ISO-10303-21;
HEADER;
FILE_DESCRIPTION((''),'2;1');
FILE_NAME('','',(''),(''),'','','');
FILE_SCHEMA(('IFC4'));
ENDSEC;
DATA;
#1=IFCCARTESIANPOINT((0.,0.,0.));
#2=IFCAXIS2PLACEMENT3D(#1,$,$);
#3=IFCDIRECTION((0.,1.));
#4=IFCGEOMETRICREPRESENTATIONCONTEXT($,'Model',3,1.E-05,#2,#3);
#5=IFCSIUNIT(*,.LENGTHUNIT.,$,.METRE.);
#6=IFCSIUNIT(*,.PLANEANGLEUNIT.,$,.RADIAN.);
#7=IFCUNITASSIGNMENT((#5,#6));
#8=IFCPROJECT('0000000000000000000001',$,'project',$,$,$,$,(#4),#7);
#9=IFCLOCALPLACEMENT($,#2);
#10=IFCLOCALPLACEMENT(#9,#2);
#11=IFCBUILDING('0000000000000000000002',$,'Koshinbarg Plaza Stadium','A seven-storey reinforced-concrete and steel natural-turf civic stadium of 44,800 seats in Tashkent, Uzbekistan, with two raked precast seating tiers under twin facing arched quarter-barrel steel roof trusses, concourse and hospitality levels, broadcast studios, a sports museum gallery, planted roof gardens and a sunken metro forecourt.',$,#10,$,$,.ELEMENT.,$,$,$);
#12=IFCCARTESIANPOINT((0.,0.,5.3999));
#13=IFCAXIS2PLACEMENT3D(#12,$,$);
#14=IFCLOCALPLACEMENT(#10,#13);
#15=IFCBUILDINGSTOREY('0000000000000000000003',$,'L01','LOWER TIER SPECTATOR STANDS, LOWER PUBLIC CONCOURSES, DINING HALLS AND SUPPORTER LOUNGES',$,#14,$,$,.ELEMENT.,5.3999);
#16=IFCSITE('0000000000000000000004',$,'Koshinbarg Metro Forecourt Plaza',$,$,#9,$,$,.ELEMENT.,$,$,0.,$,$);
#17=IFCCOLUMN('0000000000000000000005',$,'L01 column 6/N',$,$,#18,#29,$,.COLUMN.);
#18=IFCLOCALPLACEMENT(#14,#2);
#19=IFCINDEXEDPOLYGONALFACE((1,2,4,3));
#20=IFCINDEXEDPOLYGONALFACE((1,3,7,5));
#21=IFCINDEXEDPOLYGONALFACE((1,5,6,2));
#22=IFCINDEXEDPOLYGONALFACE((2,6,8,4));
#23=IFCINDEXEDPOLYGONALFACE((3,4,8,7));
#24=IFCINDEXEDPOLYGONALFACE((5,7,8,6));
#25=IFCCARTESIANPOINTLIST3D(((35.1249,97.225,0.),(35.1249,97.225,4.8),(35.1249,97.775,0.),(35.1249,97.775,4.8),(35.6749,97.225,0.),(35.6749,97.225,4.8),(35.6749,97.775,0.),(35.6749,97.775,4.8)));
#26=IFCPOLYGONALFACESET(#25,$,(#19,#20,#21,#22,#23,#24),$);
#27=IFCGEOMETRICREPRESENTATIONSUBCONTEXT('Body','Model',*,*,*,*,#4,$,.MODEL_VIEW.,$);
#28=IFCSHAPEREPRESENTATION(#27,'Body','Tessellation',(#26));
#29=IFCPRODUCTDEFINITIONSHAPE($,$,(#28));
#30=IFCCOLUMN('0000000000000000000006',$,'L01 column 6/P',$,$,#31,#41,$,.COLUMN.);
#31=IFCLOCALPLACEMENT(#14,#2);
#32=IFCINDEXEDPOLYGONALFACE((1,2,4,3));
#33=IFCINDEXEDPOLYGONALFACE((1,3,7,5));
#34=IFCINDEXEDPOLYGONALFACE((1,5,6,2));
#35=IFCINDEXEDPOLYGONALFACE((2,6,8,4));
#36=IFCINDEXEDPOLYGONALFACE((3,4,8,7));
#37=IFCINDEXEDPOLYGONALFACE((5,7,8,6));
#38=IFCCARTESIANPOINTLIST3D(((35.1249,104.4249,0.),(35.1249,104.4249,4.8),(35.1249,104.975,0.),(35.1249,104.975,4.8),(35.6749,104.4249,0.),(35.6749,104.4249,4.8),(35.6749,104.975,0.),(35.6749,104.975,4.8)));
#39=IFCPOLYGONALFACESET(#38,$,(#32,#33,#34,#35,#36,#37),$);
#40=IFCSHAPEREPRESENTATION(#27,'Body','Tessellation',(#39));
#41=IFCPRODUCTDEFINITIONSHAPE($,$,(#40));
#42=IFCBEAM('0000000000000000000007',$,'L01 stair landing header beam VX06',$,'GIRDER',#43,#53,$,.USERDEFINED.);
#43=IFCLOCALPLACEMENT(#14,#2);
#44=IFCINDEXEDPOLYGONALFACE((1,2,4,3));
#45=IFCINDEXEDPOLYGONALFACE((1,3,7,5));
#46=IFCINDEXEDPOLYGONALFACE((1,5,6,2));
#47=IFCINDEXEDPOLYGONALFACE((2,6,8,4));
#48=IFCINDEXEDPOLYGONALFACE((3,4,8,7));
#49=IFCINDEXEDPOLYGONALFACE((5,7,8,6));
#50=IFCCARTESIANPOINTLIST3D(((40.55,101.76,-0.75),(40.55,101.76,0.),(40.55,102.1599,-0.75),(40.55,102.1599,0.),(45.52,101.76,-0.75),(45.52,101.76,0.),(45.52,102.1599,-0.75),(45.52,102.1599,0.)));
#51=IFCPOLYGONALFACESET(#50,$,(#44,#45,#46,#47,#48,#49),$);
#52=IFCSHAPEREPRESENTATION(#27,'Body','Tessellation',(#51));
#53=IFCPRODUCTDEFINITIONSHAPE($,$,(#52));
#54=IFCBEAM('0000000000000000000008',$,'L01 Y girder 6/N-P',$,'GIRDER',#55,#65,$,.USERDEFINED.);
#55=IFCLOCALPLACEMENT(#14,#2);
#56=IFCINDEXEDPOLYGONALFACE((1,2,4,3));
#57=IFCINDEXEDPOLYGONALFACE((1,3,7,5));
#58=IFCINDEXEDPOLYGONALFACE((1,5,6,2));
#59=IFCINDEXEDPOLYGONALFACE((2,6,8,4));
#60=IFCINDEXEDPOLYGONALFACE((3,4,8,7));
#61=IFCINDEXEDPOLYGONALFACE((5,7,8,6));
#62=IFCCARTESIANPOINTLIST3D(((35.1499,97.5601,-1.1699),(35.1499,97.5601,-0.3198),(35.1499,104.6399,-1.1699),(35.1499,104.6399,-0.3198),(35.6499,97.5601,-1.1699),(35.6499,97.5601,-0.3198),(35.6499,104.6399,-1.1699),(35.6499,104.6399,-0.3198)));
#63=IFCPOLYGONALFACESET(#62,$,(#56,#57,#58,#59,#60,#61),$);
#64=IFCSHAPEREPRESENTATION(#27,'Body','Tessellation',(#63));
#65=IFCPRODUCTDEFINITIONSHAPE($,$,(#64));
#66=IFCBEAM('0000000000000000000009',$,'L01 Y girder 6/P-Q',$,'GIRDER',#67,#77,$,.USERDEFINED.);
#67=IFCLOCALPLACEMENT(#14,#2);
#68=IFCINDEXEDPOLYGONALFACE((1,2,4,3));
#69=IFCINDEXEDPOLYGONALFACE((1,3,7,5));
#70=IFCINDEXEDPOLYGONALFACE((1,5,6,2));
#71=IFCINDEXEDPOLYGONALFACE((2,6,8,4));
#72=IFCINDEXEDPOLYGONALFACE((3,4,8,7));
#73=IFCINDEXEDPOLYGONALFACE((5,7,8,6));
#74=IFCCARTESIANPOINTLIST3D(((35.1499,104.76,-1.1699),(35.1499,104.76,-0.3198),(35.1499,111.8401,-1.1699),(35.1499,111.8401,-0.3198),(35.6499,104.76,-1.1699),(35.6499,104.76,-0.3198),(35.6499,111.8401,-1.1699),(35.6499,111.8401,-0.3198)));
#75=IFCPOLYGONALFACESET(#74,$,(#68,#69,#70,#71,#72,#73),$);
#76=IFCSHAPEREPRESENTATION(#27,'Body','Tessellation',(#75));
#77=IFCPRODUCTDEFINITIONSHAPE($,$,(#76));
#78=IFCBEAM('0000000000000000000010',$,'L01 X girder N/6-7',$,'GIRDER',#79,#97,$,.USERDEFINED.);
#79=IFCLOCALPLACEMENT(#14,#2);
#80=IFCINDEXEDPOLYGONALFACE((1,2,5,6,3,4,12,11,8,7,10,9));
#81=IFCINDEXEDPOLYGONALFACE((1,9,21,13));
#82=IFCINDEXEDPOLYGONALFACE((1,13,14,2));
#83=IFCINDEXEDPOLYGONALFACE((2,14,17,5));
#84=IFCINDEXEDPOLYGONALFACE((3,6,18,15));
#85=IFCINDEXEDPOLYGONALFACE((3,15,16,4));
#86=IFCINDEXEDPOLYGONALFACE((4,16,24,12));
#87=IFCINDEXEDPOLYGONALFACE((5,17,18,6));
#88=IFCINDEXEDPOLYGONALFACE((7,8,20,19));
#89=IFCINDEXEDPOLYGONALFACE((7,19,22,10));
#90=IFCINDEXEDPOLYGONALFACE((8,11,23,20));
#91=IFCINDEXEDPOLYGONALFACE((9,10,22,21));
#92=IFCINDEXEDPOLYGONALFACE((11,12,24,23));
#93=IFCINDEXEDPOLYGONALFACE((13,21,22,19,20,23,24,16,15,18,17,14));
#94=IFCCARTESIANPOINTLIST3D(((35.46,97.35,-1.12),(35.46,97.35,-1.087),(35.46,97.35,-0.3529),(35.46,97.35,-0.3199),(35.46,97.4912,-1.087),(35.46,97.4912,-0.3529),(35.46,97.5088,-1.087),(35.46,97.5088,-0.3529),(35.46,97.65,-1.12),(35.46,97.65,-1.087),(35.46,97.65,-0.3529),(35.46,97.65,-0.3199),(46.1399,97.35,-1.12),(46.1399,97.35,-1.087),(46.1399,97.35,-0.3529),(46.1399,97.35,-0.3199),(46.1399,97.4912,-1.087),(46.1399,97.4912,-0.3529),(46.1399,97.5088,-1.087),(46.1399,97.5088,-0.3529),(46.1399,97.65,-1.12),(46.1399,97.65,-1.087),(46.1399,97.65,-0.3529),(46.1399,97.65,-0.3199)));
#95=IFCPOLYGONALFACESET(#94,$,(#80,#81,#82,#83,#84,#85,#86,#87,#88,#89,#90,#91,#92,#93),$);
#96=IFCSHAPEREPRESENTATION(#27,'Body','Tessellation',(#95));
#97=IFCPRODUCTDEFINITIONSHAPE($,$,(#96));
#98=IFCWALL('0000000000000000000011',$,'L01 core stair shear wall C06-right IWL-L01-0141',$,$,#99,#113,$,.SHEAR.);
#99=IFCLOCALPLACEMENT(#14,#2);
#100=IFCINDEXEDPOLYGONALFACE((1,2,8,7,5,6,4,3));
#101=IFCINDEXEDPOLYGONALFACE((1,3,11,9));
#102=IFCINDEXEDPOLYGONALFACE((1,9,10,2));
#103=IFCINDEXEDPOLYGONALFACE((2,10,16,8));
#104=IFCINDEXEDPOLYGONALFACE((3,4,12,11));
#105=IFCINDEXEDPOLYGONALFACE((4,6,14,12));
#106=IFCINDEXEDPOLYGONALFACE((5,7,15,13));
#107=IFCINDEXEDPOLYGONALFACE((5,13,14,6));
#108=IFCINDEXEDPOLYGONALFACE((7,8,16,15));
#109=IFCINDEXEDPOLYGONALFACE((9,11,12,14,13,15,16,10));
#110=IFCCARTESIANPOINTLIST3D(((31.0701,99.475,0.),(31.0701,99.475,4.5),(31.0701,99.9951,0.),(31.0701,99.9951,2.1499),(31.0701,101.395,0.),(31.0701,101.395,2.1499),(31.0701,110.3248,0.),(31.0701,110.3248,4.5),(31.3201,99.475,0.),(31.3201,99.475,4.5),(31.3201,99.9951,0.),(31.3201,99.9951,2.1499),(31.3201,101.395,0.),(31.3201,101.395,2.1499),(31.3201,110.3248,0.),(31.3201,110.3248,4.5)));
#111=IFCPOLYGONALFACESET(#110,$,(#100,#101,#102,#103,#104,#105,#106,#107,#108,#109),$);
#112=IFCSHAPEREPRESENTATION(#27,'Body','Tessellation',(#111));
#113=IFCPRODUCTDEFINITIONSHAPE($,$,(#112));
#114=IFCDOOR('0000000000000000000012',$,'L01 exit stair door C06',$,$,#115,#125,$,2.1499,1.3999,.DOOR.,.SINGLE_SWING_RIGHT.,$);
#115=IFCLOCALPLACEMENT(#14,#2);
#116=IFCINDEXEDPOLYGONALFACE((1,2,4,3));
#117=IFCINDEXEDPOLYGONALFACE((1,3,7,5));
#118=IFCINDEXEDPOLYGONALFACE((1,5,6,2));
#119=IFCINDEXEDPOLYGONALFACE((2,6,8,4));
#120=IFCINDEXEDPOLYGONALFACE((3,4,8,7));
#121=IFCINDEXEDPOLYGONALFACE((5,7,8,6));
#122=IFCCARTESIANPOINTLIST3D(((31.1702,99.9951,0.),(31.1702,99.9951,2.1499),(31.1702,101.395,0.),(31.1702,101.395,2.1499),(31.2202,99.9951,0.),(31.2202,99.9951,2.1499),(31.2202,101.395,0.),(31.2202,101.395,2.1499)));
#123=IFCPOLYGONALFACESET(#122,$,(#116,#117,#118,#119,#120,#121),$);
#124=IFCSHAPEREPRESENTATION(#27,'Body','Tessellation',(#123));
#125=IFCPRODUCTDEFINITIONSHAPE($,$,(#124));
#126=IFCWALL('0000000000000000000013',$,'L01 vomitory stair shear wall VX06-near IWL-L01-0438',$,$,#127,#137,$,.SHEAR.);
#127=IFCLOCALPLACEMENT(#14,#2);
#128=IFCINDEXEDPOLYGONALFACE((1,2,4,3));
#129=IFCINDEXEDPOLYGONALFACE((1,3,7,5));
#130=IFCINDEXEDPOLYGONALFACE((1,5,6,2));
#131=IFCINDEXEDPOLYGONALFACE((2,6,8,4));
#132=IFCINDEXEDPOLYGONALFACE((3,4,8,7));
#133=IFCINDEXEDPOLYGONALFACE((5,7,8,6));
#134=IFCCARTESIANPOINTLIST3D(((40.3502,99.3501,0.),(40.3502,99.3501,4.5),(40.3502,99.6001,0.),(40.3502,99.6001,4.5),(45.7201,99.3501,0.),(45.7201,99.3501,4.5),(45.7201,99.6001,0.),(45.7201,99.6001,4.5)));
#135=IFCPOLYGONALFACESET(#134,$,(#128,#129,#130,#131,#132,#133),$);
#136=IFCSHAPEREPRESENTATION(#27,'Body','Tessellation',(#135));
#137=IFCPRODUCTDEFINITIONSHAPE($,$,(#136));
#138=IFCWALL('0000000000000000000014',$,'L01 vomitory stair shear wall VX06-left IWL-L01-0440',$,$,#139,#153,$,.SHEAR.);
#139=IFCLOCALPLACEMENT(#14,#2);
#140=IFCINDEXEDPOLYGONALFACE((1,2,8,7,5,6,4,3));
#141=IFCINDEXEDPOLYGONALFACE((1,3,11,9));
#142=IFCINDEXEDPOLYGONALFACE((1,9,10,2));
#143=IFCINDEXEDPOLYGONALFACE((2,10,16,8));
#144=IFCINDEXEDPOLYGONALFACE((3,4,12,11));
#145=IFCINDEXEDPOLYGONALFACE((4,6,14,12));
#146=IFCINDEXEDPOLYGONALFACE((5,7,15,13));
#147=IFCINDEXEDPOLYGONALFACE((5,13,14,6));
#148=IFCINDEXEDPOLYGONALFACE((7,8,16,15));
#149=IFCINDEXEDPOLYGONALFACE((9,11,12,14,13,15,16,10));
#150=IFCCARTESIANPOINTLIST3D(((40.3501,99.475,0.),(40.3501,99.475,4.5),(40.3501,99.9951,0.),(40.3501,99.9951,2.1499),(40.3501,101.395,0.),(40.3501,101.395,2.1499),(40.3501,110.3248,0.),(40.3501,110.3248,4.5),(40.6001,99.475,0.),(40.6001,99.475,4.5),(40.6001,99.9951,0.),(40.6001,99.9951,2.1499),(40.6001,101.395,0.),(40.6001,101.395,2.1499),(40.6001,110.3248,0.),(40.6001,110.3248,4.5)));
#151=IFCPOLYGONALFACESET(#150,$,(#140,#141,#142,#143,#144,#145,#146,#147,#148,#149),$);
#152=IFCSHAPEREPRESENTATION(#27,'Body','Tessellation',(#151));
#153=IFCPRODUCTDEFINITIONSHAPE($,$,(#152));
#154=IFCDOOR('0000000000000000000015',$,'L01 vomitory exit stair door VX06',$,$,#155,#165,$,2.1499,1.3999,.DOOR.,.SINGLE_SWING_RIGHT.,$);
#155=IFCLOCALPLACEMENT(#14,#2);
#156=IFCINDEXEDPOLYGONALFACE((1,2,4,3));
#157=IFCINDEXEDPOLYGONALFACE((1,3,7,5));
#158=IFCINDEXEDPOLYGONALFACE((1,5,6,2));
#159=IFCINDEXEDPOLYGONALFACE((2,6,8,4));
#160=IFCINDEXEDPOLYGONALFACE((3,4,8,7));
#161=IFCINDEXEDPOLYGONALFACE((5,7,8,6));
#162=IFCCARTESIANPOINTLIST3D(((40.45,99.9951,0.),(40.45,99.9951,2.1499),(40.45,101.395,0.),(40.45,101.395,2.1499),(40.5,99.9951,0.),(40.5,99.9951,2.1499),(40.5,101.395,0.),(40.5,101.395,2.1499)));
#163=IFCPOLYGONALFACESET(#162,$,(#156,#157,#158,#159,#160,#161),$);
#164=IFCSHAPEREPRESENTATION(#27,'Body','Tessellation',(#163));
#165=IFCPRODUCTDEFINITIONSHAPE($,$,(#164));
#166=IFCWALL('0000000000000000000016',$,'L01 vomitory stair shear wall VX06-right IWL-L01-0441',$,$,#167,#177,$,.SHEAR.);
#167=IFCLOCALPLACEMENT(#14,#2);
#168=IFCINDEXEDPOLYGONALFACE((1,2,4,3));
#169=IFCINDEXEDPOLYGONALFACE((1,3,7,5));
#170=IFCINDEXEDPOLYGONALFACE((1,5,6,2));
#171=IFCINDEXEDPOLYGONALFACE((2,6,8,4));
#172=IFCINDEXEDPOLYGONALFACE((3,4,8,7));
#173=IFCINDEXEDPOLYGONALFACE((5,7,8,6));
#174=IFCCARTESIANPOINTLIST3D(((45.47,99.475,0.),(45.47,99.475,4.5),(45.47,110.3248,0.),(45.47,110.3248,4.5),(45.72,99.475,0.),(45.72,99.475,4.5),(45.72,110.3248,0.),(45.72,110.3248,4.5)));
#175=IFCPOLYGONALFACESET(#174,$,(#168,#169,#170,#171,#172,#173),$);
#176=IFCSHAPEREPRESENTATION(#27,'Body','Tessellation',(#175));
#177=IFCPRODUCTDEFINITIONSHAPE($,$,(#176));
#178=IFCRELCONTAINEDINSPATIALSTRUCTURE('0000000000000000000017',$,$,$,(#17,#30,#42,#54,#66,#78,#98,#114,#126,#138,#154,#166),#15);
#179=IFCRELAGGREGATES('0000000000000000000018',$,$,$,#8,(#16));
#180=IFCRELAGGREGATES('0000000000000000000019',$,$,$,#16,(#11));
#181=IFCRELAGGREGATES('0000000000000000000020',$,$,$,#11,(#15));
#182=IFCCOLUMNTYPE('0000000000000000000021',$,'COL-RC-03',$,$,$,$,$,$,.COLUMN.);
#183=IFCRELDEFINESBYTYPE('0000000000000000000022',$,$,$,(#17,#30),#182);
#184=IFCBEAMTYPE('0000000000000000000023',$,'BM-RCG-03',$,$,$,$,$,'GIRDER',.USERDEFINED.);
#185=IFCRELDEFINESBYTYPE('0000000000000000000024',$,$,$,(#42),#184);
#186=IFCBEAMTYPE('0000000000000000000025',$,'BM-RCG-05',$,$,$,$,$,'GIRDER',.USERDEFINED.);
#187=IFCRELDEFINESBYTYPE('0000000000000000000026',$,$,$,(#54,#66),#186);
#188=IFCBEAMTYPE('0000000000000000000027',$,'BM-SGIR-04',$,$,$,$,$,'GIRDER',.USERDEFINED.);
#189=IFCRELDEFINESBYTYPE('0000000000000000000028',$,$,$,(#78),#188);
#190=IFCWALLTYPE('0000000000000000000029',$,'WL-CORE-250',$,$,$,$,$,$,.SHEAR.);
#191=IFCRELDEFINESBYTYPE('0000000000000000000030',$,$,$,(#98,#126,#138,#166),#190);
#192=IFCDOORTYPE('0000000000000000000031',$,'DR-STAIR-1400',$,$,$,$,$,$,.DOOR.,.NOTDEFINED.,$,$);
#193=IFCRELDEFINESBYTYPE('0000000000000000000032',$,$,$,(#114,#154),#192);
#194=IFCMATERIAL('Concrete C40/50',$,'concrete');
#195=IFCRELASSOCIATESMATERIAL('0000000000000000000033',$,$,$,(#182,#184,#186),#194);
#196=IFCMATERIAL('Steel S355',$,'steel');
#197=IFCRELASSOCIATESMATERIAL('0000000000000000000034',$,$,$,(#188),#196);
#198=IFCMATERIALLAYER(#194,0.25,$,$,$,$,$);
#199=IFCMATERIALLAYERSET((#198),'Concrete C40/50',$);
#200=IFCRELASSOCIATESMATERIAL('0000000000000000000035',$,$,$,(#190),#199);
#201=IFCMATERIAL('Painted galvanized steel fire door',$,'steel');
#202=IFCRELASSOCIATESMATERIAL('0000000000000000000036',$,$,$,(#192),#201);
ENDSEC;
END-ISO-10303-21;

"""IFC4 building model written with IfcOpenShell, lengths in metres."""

from ifc_helpers import new_model, si_unit, direction, frame, frame_2d, origin, origin_2d, place, context, subcontext, project, spatial, rectangle, i_section, extrude, material, layer, layer_set, material_profile, profile_set, type_object, element, fill, save


model = new_model("IFC4")

# Units and contexts
model_context = context("Model", 3, precision=1e-05, world=origin(), true_north=direction((0.0, 1.0)))
body_context = subcontext(model_context, "Body", "Model", "MODEL_VIEW")
ifc_project = project(units=[si_unit("LENGTHUNIT", "METRE"), si_unit("PLANEANGLEUNIT", "RADIAN")], contexts=[model_context])

# Site, building, storey
site_placement = place(None, origin())
site = spatial("IfcSite", under=ifc_project, at=site_placement, Name="Koshinbarg Metro Forecourt Plaza", CompositionType="ELEMENT", RefElevation=0.0)
building_placement = place(site_placement, origin())
building = spatial("IfcBuilding", under=site, at=building_placement, Name="Koshinbarg Plaza Stadium", Description="A seven-storey reinforced-concrete and steel natural-turf civic stadium of 44,800 seats in Tashkent, Uzbekistan, with two raked precast seating tiers under twin facing arched quarter-barrel steel roof trusses, concourse and hospitality levels, broadcast studios, a sports museum gallery, planted roof gardens and a sunken metro forecourt.", CompositionType="ELEMENT")
storey_placement = place(building_placement, frame((0.0, 0.0, 5.3999)))
storey = spatial("IfcBuildingStorey", under=building, at=storey_placement, Name="L01", Description="LOWER TIER SPECTATOR STANDS, LOWER PUBLIC CONCOURSES, DINING HALLS AND SUPPORTER LOUNGES", CompositionType="ELEMENT", Elevation=5.3999)

# Columns
ifc_material_1 = material(Name="Concrete C40/50", Category="concrete")
ifc_material_profile_1 = material_profile(ifc_material_1, rectangle(XDim=0.55, YDim=0.55, at=origin_2d()), Name="RC 550x550")
ifc_profile_set_1 = profile_set([ifc_material_profile_1], Name="Concrete C40/50")
column_type = type_object("IfcColumnType", Name="COL-RC-03", PredefinedType="COLUMN", material=ifc_profile_set_1)
for number, where, z_axis, x_axis, name in (
    (1, (35.3999, 97.5, 0.0), (0.0, 0.0, 1.0), (1.0, 0.0, 0.0), "L01 column 6/N"),
    (2, (35.3999, 104.7, 0.0), (0.0, 0.0, 1.0), (1.0, 0.0, 0.0), "L01 column 6/P"),
):
    element("IfcColumn", number, at=place(storey_placement, frame(where, z_axis=z_axis, x_axis=x_axis)), inside=storey, type_object=column_type, Name=name, PredefinedType="COLUMN", context=body_context, shape_type="SweptSolid", body=[
        extrude(rectangle(XDim=0.55, YDim=0.55, at=origin_2d()), origin(), (0.0, 0.0, 1.0), 4.8),
    ])

# Beams
ifc_material_profile_2 = material_profile(ifc_material_1, rectangle(XDim=0.3999, YDim=0.75, at=origin_2d()), Name="RC 400x750")
ifc_profile_set_2 = profile_set([ifc_material_profile_2], Name="Concrete C40/50")
beam_type_1 = type_object("IfcBeamType", Name="BM-RCG-03", ElementType="GIRDER", PredefinedType="USERDEFINED", material=ifc_profile_set_2)
beam_1_placement = place(storey_placement, frame((40.55, 101.96, -0.375), z_axis=(1.0, 0.0, 0.0), x_axis=(0.0, 1.0, 0.0)))
element("IfcBeam", 3, at=beam_1_placement, inside=storey, type_object=beam_type_1, Name="L01 stair landing header beam VX06", ObjectType="GIRDER", PredefinedType="USERDEFINED", context=body_context, shape_type="SweptSolid", body=[
    extrude(rectangle(XDim=0.3999, YDim=0.75, at=origin_2d()), origin(), (0.0, 0.0, 1.0), 4.97),
])
ifc_material_profile_3 = material_profile(ifc_material_1, rectangle(XDim=0.5, YDim=0.8501, at=origin_2d()), Name="RC 500x850")
ifc_profile_set_3 = profile_set([ifc_material_profile_3], Name="Concrete C40/50")
beam_type_2 = type_object("IfcBeamType", Name="BM-RCG-05", ElementType="GIRDER", PredefinedType="USERDEFINED", material=ifc_profile_set_3)
beam_2_placement = place(storey_placement, frame((35.3999, 97.5601, -0.7449), z_axis=(0.0, 1.0, 0.0), x_axis=(-1.0, 0.0, 0.0)))
element("IfcBeam", 4, at=beam_2_placement, inside=storey, type_object=beam_type_2, Name="L01 Y girder 6/N-P", ObjectType="GIRDER", PredefinedType="USERDEFINED", context=body_context, shape_type="SweptSolid", body=[
    extrude(rectangle(XDim=0.5, YDim=0.8501, at=origin_2d()), origin(), (0.0, 0.0, 1.0), 7.0798),
])
beam_3_placement = place(storey_placement, frame((35.3999, 104.76, -0.7449), z_axis=(0.0, 1.0, 0.0), x_axis=(-1.0, 0.0, 0.0)))
element("IfcBeam", 5, at=beam_3_placement, inside=storey, type_object=beam_type_2, Name="L01 Y girder 6/P-Q", ObjectType="GIRDER", PredefinedType="USERDEFINED", context=body_context, shape_type="SweptSolid", body=[
    extrude(rectangle(XDim=0.5, YDim=0.8501, at=origin_2d()), origin(), (0.0, 0.0, 1.0), 7.0801),
])
ifc_material_2 = material(Name="Steel S355", Category="steel")
ifc_material_profile_4 = material_profile(ifc_material_2, i_section(OverallWidth=0.3, OverallDepth=0.8, WebThickness=0.0176, FlangeThickness=0.033, at=origin_2d()), Name="HEB 800")
ifc_profile_set_4 = profile_set([ifc_material_profile_4], Name="Steel S355")
beam_type_3 = type_object("IfcBeamType", Name="BM-SGIR-04", ElementType="GIRDER", PredefinedType="USERDEFINED", material=ifc_profile_set_4)
beam_4_placement = place(storey_placement, frame((35.46, 97.5, -0.72), z_axis=(1.0, 0.0, 0.0), x_axis=(0.0, 1.0, 0.0)))
element("IfcBeam", 6, at=beam_4_placement, inside=storey, type_object=beam_type_3, Name="L01 X girder N/6-7", ObjectType="GIRDER", PredefinedType="USERDEFINED", context=body_context, shape_type="SweptSolid", body=[
    extrude(i_section(OverallWidth=0.3, OverallDepth=0.8, WebThickness=0.0176, FlangeThickness=0.033, at=origin_2d()), origin(), (0.0, 0.0, 1.0), 10.6799),
])

# Wall, opening, door
ifc_layer_1 = layer(ifc_material_1, 0.25)
ifc_layer_set_1 = layer_set([ifc_layer_1], Name="Concrete C40/50")
wall_type_1 = type_object("IfcWallType", Name="WL-CORE-250", PredefinedType="SHEAR", material=ifc_layer_set_1)
wall_1_placement = place(storey_placement, frame((31.1951, 99.4751, 0.0), z_axis=(0.0, 0.0, 1.0), x_axis=(0.0, 1.0, 0.0)))
wall_1 = element("IfcWall", 7, at=wall_1_placement, inside=storey, type_object=wall_type_1, Name="L01 core stair shear wall C06-right IWL-L01-0141", PredefinedType="SHEAR", context=body_context, shape_type="SweptSolid", body=[
    extrude(rectangle(XDim=10.8499, YDim=0.25, at=frame_2d((5.4248, 0.0))), origin(), (0.0, 0.0, 1.0), 4.5),
])
opening_1_placement = place(wall_1_placement, frame((0.52, 0.0, 0.0)))
opening_1 = element("IfcOpeningElement", 8, at=opening_1_placement, cuts=wall_1, PredefinedType="OPENING", context=body_context, shape_type="SweptSolid", body=[
    extrude(rectangle(XDim=1.3999, YDim=2.1499, at=frame_2d((0.7, 1.075))), frame((0.0, 0.135, 0.0), z_axis=(0.0, -1.0, 0.0), x_axis=(1.0, 0.0, 0.0)), (0.0, 0.0, 1.0), 0.27),
])
ifc_material_3 = material(Name="Painted galvanized steel fire door", Category="steel")
door_type_1 = type_object("IfcDoorType", Name="DR-STAIR-1400", OperationType="NOTDEFINED", PredefinedType="DOOR", material=ifc_material_3)
door_1_placement = place(opening_1_placement, origin())
door_1 = element("IfcDoor", 9, at=door_1_placement, inside=storey, type_object=door_type_1, Name="L01 exit stair door C06", OperationType="SINGLE_SWING_RIGHT", OverallHeight=2.1499, OverallWidth=1.3999, PredefinedType="DOOR", context=body_context, shape_type="SweptSolid", body=[
    extrude(rectangle(XDim=1.3999, YDim=2.1499, at=frame_2d((0.7, 1.075))), frame((0.0, 0.0249, 0.0), z_axis=(0.0, -1.0, 0.0), x_axis=(1.0, 0.0, 0.0)), (0.0, 0.0, 1.0), 0.05),
])
fill(opening_1, door_1)

# Wall
wall_2_placement = place(storey_placement, frame((40.3501, 99.4751, 0.0), z_axis=(0.0, 0.0, 1.0), x_axis=(1.0, 0.0, 0.0)))
element("IfcWall", 10, at=wall_2_placement, inside=storey, type_object=wall_type_1, Name="L01 vomitory stair shear wall VX06-near IWL-L01-0438", PredefinedType="SHEAR", context=body_context, shape_type="SweptSolid", body=[
    extrude(rectangle(XDim=5.3699, YDim=0.25, at=frame_2d((2.6851, 0.0))), origin(), (0.0, 0.0, 1.0), 4.5),
])

# Wall, opening, door
wall_3_placement = place(storey_placement, frame((40.4751, 99.4751, 0.0), z_axis=(0.0, 0.0, 1.0), x_axis=(0.0, 1.0, 0.0)))
wall_3 = element("IfcWall", 11, at=wall_3_placement, inside=storey, type_object=wall_type_1, Name="L01 vomitory stair shear wall VX06-left IWL-L01-0440", PredefinedType="SHEAR", context=body_context, shape_type="SweptSolid", body=[
    extrude(rectangle(XDim=10.8499, YDim=0.25, at=frame_2d((5.4248, 0.0))), origin(), (0.0, 0.0, 1.0), 4.5),
])
opening_2_placement = place(wall_3_placement, frame((0.52, 0.0, 0.0)))
opening_2 = element("IfcOpeningElement", 12, at=opening_2_placement, cuts=wall_3, PredefinedType="OPENING", context=body_context, shape_type="SweptSolid", body=[
    extrude(rectangle(XDim=1.3999, YDim=2.1499, at=frame_2d((0.7, 1.075))), frame((0.0, 0.135, 0.0), z_axis=(0.0, -1.0, 0.0), x_axis=(1.0, 0.0, 0.0)), (0.0, 0.0, 1.0), 0.27),
])
door_2_placement = place(opening_2_placement, frame((1.3999, 0.0, 0.0), z_axis=(0.0, 0.0, 1.0), x_axis=(-1.0, 0.0, 0.0)))
door_2 = element("IfcDoor", 13, at=door_2_placement, inside=storey, type_object=door_type_1, Name="L01 vomitory exit stair door VX06", OperationType="SINGLE_SWING_RIGHT", OverallHeight=2.1499, OverallWidth=1.3999, PredefinedType="DOOR", context=body_context, shape_type="SweptSolid", body=[
    extrude(rectangle(XDim=1.3999, YDim=2.1499, at=frame_2d((0.7, 1.075))), frame((0.0, 0.0249, 0.0), z_axis=(0.0, -1.0, 0.0), x_axis=(1.0, 0.0, 0.0)), (0.0, 0.0, 1.0), 0.05),
])
fill(opening_2, door_2)

# Wall
wall_4_placement = place(storey_placement, frame((45.595, 99.4751, 0.0), z_axis=(0.0, 0.0, 1.0), x_axis=(0.0, 1.0, 0.0)))
element("IfcWall", 14, at=wall_4_placement, inside=storey, type_object=wall_type_1, Name="L01 vomitory stair shear wall VX06-right IWL-L01-0441", PredefinedType="SHEAR", context=body_context, shape_type="SweptSolid", body=[
    extrude(rectangle(XDim=10.8499, YDim=0.25, at=frame_2d((5.4248, 0.0))), origin(), (0.0, 0.0, 1.0), 4.5),
])

save(model, "model.ifc")
